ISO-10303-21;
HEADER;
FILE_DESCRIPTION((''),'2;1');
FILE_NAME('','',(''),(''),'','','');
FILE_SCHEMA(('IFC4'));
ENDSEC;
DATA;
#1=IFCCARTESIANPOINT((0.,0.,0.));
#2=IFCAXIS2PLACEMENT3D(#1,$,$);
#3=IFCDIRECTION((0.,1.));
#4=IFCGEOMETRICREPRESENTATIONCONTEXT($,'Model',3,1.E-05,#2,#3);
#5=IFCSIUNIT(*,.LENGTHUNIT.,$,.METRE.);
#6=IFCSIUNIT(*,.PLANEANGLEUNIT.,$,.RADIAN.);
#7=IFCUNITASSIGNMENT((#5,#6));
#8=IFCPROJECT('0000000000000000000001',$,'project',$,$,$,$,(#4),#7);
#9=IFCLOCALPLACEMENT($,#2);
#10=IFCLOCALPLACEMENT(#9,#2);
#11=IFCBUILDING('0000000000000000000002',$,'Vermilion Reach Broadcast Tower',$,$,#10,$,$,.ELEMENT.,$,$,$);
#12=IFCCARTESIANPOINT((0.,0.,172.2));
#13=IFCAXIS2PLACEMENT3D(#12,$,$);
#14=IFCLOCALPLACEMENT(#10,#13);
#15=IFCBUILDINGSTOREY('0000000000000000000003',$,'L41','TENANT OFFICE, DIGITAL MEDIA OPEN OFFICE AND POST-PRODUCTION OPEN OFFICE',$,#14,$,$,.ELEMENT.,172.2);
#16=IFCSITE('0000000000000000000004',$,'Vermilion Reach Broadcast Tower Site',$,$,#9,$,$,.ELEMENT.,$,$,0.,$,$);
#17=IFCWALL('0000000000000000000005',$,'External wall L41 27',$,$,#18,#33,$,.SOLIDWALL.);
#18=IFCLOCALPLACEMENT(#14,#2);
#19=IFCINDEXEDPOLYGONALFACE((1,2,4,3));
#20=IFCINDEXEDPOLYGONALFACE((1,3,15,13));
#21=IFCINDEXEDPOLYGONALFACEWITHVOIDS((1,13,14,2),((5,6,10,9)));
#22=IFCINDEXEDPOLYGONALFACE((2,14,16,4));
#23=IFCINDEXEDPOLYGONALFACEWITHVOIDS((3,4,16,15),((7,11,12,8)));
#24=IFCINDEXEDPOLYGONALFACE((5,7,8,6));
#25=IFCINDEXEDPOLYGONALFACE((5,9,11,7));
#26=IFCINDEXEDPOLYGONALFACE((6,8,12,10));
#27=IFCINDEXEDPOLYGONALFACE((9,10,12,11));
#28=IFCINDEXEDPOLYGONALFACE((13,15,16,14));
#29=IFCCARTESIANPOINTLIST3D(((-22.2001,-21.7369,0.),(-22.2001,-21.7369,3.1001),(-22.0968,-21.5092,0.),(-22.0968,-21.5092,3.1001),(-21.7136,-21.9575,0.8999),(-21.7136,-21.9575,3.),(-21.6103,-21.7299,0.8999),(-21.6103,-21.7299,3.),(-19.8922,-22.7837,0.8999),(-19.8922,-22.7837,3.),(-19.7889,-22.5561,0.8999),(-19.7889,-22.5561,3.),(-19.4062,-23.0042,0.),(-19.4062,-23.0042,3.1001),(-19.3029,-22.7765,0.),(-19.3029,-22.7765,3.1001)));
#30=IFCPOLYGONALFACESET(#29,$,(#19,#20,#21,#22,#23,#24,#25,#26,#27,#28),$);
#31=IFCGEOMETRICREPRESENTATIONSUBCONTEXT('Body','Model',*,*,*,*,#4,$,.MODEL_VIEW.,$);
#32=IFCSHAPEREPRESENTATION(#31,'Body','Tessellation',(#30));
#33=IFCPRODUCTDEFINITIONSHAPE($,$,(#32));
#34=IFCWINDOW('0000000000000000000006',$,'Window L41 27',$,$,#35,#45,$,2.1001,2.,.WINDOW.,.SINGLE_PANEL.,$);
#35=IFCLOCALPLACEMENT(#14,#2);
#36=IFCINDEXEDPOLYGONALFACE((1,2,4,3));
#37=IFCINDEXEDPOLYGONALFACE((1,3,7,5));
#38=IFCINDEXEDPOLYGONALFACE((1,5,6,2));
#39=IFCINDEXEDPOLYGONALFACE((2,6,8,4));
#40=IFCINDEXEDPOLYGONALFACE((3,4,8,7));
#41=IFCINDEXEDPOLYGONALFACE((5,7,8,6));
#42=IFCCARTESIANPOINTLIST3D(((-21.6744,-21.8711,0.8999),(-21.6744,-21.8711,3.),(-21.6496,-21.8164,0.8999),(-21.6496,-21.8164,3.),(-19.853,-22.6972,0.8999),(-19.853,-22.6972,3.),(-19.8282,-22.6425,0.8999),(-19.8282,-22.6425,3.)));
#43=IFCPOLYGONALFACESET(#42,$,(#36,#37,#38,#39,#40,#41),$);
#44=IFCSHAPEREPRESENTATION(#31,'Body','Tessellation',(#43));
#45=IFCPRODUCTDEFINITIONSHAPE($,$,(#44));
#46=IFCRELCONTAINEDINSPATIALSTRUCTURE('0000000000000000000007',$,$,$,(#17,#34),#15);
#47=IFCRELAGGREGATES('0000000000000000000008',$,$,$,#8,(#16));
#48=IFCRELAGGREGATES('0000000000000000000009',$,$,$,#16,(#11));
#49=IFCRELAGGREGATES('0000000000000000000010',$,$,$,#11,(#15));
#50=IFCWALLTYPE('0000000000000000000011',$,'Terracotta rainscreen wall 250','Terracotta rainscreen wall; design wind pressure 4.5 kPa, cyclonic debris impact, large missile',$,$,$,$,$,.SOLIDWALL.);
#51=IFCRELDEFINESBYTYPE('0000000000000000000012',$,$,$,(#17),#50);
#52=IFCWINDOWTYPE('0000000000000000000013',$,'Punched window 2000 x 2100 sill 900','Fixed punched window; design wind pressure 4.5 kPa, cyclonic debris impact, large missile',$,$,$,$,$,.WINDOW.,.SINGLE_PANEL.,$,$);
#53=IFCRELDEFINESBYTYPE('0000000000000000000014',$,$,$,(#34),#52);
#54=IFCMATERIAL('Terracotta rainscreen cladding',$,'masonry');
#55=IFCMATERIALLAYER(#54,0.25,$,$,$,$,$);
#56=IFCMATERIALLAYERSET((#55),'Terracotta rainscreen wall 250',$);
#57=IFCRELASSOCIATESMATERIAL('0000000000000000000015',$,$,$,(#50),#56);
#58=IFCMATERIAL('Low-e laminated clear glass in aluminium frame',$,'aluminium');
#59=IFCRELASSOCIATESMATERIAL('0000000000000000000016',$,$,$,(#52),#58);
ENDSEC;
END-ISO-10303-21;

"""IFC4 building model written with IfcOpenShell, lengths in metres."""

from ifc_helpers import new_model, si_unit, direction, frame, frame_2d, origin, place, context, subcontext, project, spatial, rectangle, extrude, material, layer, layer_set, type_object, element, fill, save


model = new_model("IFC4")

# Units and contexts
model_context = context("Model", 3, precision=1e-05, world=origin(), true_north=direction((0.0, 1.0)))
body_context = subcontext(model_context, "Body", "Model", "MODEL_VIEW")
ifc_project = project(units=[si_unit("LENGTHUNIT", "METRE"), si_unit("PLANEANGLEUNIT", "RADIAN")], contexts=[model_context])

# Site, building, storey
site_placement = place(None, origin())
site = spatial("IfcSite", under=ifc_project, at=site_placement, Name="Vermilion Reach Broadcast Tower Site", CompositionType="ELEMENT", RefElevation=0.0)
building_placement = place(site_placement, origin())
building = spatial("IfcBuilding", under=site, at=building_placement, Name="Vermilion Reach Broadcast Tower", CompositionType="ELEMENT")
storey_placement = place(building_placement, frame((0.0, 0.0, 172.2)))
storey = spatial("IfcBuildingStorey", under=building, at=storey_placement, Name="L41", Description="TENANT OFFICE, DIGITAL MEDIA OPEN OFFICE AND POST-PRODUCTION OPEN OFFICE", CompositionType="ELEMENT", Elevation=172.2)

# Shared definitions
ifc_material_1 = material(Name="Terracotta rainscreen cladding", Category="masonry")
ifc_layer_1 = layer(ifc_material_1, 0.25)
ifc_layer_set_1 = layer_set([ifc_layer_1], Name="Terracotta rainscreen wall 250")
wall_type = type_object("IfcWallType", Name="Terracotta rainscreen wall 250", Description="Terracotta rainscreen wall; design wind pressure 4.5 kPa, cyclonic debris impact, large missile", PredefinedType="SOLIDWALL", material=ifc_layer_set_1)

# Wall, opening, window
wall_1_placement = place(storey_placement, frame((-22.1484, -21.623, 0.0), z_axis=(0.0, 0.0, 1.0), x_axis=(0.910691, -0.413089, 0.0)))
wall_1 = element("IfcWall", 1, at=wall_1_placement, inside=storey, type_object=wall_type, Name="External wall L41 27", PredefinedType="SOLIDWALL", context=body_context, shape_type="SweptSolid", body=[
    extrude(rectangle(XDim=3.0679, YDim=0.25, at=frame_2d((1.5339, 0.0))), origin(), (0.0, 0.0, 1.0), 3.1001),
])
opening_placement = place(wall_1_placement, frame((0.5342, 0.0, 0.8999)))
opening = element("IfcOpeningElement", 2, at=opening_placement, cuts=wall_1, PredefinedType="OPENING", context=body_context, shape_type="SweptSolid", body=[
    extrude(rectangle(XDim=2.0, YDim=2.1001, at=frame_2d((1.0, 1.05))), frame((0.0, 0.135, 0.0), z_axis=(0.0, -1.0, 0.0), x_axis=(1.0, 0.0, 0.0)), (0.0, 0.0, 1.0), 0.27),
])
ifc_material_2 = material(Name="Low-e laminated clear glass in aluminium frame", Category="aluminium")
window_type = type_object("IfcWindowType", Name="Punched window 2000 x 2100 sill 900", Description="Fixed punched window; design wind pressure 4.5 kPa, cyclonic debris impact, large missile", PartitioningType="SINGLE_PANEL", PredefinedType="WINDOW", material=ifc_material_2)
window_placement = place(opening_placement, origin())
window = element("IfcWindow", 3, at=window_placement, inside=storey, type_object=window_type, Name="Window L41 27", OverallHeight=2.1001, OverallWidth=2.0, PartitioningType="SINGLE_PANEL", PredefinedType="WINDOW", context=body_context, shape_type="SweptSolid", body=[
    extrude(rectangle(XDim=2.0, YDim=2.1001, at=frame_2d((1.0, 1.05))), frame((0.0, 0.03, 0.0), z_axis=(0.0, -1.0, 0.0), x_axis=(1.0, 0.0, 0.0)), (0.0, 0.0, 1.0), 0.0601),
])
fill(opening, window)

save(model, "model.ifc")
